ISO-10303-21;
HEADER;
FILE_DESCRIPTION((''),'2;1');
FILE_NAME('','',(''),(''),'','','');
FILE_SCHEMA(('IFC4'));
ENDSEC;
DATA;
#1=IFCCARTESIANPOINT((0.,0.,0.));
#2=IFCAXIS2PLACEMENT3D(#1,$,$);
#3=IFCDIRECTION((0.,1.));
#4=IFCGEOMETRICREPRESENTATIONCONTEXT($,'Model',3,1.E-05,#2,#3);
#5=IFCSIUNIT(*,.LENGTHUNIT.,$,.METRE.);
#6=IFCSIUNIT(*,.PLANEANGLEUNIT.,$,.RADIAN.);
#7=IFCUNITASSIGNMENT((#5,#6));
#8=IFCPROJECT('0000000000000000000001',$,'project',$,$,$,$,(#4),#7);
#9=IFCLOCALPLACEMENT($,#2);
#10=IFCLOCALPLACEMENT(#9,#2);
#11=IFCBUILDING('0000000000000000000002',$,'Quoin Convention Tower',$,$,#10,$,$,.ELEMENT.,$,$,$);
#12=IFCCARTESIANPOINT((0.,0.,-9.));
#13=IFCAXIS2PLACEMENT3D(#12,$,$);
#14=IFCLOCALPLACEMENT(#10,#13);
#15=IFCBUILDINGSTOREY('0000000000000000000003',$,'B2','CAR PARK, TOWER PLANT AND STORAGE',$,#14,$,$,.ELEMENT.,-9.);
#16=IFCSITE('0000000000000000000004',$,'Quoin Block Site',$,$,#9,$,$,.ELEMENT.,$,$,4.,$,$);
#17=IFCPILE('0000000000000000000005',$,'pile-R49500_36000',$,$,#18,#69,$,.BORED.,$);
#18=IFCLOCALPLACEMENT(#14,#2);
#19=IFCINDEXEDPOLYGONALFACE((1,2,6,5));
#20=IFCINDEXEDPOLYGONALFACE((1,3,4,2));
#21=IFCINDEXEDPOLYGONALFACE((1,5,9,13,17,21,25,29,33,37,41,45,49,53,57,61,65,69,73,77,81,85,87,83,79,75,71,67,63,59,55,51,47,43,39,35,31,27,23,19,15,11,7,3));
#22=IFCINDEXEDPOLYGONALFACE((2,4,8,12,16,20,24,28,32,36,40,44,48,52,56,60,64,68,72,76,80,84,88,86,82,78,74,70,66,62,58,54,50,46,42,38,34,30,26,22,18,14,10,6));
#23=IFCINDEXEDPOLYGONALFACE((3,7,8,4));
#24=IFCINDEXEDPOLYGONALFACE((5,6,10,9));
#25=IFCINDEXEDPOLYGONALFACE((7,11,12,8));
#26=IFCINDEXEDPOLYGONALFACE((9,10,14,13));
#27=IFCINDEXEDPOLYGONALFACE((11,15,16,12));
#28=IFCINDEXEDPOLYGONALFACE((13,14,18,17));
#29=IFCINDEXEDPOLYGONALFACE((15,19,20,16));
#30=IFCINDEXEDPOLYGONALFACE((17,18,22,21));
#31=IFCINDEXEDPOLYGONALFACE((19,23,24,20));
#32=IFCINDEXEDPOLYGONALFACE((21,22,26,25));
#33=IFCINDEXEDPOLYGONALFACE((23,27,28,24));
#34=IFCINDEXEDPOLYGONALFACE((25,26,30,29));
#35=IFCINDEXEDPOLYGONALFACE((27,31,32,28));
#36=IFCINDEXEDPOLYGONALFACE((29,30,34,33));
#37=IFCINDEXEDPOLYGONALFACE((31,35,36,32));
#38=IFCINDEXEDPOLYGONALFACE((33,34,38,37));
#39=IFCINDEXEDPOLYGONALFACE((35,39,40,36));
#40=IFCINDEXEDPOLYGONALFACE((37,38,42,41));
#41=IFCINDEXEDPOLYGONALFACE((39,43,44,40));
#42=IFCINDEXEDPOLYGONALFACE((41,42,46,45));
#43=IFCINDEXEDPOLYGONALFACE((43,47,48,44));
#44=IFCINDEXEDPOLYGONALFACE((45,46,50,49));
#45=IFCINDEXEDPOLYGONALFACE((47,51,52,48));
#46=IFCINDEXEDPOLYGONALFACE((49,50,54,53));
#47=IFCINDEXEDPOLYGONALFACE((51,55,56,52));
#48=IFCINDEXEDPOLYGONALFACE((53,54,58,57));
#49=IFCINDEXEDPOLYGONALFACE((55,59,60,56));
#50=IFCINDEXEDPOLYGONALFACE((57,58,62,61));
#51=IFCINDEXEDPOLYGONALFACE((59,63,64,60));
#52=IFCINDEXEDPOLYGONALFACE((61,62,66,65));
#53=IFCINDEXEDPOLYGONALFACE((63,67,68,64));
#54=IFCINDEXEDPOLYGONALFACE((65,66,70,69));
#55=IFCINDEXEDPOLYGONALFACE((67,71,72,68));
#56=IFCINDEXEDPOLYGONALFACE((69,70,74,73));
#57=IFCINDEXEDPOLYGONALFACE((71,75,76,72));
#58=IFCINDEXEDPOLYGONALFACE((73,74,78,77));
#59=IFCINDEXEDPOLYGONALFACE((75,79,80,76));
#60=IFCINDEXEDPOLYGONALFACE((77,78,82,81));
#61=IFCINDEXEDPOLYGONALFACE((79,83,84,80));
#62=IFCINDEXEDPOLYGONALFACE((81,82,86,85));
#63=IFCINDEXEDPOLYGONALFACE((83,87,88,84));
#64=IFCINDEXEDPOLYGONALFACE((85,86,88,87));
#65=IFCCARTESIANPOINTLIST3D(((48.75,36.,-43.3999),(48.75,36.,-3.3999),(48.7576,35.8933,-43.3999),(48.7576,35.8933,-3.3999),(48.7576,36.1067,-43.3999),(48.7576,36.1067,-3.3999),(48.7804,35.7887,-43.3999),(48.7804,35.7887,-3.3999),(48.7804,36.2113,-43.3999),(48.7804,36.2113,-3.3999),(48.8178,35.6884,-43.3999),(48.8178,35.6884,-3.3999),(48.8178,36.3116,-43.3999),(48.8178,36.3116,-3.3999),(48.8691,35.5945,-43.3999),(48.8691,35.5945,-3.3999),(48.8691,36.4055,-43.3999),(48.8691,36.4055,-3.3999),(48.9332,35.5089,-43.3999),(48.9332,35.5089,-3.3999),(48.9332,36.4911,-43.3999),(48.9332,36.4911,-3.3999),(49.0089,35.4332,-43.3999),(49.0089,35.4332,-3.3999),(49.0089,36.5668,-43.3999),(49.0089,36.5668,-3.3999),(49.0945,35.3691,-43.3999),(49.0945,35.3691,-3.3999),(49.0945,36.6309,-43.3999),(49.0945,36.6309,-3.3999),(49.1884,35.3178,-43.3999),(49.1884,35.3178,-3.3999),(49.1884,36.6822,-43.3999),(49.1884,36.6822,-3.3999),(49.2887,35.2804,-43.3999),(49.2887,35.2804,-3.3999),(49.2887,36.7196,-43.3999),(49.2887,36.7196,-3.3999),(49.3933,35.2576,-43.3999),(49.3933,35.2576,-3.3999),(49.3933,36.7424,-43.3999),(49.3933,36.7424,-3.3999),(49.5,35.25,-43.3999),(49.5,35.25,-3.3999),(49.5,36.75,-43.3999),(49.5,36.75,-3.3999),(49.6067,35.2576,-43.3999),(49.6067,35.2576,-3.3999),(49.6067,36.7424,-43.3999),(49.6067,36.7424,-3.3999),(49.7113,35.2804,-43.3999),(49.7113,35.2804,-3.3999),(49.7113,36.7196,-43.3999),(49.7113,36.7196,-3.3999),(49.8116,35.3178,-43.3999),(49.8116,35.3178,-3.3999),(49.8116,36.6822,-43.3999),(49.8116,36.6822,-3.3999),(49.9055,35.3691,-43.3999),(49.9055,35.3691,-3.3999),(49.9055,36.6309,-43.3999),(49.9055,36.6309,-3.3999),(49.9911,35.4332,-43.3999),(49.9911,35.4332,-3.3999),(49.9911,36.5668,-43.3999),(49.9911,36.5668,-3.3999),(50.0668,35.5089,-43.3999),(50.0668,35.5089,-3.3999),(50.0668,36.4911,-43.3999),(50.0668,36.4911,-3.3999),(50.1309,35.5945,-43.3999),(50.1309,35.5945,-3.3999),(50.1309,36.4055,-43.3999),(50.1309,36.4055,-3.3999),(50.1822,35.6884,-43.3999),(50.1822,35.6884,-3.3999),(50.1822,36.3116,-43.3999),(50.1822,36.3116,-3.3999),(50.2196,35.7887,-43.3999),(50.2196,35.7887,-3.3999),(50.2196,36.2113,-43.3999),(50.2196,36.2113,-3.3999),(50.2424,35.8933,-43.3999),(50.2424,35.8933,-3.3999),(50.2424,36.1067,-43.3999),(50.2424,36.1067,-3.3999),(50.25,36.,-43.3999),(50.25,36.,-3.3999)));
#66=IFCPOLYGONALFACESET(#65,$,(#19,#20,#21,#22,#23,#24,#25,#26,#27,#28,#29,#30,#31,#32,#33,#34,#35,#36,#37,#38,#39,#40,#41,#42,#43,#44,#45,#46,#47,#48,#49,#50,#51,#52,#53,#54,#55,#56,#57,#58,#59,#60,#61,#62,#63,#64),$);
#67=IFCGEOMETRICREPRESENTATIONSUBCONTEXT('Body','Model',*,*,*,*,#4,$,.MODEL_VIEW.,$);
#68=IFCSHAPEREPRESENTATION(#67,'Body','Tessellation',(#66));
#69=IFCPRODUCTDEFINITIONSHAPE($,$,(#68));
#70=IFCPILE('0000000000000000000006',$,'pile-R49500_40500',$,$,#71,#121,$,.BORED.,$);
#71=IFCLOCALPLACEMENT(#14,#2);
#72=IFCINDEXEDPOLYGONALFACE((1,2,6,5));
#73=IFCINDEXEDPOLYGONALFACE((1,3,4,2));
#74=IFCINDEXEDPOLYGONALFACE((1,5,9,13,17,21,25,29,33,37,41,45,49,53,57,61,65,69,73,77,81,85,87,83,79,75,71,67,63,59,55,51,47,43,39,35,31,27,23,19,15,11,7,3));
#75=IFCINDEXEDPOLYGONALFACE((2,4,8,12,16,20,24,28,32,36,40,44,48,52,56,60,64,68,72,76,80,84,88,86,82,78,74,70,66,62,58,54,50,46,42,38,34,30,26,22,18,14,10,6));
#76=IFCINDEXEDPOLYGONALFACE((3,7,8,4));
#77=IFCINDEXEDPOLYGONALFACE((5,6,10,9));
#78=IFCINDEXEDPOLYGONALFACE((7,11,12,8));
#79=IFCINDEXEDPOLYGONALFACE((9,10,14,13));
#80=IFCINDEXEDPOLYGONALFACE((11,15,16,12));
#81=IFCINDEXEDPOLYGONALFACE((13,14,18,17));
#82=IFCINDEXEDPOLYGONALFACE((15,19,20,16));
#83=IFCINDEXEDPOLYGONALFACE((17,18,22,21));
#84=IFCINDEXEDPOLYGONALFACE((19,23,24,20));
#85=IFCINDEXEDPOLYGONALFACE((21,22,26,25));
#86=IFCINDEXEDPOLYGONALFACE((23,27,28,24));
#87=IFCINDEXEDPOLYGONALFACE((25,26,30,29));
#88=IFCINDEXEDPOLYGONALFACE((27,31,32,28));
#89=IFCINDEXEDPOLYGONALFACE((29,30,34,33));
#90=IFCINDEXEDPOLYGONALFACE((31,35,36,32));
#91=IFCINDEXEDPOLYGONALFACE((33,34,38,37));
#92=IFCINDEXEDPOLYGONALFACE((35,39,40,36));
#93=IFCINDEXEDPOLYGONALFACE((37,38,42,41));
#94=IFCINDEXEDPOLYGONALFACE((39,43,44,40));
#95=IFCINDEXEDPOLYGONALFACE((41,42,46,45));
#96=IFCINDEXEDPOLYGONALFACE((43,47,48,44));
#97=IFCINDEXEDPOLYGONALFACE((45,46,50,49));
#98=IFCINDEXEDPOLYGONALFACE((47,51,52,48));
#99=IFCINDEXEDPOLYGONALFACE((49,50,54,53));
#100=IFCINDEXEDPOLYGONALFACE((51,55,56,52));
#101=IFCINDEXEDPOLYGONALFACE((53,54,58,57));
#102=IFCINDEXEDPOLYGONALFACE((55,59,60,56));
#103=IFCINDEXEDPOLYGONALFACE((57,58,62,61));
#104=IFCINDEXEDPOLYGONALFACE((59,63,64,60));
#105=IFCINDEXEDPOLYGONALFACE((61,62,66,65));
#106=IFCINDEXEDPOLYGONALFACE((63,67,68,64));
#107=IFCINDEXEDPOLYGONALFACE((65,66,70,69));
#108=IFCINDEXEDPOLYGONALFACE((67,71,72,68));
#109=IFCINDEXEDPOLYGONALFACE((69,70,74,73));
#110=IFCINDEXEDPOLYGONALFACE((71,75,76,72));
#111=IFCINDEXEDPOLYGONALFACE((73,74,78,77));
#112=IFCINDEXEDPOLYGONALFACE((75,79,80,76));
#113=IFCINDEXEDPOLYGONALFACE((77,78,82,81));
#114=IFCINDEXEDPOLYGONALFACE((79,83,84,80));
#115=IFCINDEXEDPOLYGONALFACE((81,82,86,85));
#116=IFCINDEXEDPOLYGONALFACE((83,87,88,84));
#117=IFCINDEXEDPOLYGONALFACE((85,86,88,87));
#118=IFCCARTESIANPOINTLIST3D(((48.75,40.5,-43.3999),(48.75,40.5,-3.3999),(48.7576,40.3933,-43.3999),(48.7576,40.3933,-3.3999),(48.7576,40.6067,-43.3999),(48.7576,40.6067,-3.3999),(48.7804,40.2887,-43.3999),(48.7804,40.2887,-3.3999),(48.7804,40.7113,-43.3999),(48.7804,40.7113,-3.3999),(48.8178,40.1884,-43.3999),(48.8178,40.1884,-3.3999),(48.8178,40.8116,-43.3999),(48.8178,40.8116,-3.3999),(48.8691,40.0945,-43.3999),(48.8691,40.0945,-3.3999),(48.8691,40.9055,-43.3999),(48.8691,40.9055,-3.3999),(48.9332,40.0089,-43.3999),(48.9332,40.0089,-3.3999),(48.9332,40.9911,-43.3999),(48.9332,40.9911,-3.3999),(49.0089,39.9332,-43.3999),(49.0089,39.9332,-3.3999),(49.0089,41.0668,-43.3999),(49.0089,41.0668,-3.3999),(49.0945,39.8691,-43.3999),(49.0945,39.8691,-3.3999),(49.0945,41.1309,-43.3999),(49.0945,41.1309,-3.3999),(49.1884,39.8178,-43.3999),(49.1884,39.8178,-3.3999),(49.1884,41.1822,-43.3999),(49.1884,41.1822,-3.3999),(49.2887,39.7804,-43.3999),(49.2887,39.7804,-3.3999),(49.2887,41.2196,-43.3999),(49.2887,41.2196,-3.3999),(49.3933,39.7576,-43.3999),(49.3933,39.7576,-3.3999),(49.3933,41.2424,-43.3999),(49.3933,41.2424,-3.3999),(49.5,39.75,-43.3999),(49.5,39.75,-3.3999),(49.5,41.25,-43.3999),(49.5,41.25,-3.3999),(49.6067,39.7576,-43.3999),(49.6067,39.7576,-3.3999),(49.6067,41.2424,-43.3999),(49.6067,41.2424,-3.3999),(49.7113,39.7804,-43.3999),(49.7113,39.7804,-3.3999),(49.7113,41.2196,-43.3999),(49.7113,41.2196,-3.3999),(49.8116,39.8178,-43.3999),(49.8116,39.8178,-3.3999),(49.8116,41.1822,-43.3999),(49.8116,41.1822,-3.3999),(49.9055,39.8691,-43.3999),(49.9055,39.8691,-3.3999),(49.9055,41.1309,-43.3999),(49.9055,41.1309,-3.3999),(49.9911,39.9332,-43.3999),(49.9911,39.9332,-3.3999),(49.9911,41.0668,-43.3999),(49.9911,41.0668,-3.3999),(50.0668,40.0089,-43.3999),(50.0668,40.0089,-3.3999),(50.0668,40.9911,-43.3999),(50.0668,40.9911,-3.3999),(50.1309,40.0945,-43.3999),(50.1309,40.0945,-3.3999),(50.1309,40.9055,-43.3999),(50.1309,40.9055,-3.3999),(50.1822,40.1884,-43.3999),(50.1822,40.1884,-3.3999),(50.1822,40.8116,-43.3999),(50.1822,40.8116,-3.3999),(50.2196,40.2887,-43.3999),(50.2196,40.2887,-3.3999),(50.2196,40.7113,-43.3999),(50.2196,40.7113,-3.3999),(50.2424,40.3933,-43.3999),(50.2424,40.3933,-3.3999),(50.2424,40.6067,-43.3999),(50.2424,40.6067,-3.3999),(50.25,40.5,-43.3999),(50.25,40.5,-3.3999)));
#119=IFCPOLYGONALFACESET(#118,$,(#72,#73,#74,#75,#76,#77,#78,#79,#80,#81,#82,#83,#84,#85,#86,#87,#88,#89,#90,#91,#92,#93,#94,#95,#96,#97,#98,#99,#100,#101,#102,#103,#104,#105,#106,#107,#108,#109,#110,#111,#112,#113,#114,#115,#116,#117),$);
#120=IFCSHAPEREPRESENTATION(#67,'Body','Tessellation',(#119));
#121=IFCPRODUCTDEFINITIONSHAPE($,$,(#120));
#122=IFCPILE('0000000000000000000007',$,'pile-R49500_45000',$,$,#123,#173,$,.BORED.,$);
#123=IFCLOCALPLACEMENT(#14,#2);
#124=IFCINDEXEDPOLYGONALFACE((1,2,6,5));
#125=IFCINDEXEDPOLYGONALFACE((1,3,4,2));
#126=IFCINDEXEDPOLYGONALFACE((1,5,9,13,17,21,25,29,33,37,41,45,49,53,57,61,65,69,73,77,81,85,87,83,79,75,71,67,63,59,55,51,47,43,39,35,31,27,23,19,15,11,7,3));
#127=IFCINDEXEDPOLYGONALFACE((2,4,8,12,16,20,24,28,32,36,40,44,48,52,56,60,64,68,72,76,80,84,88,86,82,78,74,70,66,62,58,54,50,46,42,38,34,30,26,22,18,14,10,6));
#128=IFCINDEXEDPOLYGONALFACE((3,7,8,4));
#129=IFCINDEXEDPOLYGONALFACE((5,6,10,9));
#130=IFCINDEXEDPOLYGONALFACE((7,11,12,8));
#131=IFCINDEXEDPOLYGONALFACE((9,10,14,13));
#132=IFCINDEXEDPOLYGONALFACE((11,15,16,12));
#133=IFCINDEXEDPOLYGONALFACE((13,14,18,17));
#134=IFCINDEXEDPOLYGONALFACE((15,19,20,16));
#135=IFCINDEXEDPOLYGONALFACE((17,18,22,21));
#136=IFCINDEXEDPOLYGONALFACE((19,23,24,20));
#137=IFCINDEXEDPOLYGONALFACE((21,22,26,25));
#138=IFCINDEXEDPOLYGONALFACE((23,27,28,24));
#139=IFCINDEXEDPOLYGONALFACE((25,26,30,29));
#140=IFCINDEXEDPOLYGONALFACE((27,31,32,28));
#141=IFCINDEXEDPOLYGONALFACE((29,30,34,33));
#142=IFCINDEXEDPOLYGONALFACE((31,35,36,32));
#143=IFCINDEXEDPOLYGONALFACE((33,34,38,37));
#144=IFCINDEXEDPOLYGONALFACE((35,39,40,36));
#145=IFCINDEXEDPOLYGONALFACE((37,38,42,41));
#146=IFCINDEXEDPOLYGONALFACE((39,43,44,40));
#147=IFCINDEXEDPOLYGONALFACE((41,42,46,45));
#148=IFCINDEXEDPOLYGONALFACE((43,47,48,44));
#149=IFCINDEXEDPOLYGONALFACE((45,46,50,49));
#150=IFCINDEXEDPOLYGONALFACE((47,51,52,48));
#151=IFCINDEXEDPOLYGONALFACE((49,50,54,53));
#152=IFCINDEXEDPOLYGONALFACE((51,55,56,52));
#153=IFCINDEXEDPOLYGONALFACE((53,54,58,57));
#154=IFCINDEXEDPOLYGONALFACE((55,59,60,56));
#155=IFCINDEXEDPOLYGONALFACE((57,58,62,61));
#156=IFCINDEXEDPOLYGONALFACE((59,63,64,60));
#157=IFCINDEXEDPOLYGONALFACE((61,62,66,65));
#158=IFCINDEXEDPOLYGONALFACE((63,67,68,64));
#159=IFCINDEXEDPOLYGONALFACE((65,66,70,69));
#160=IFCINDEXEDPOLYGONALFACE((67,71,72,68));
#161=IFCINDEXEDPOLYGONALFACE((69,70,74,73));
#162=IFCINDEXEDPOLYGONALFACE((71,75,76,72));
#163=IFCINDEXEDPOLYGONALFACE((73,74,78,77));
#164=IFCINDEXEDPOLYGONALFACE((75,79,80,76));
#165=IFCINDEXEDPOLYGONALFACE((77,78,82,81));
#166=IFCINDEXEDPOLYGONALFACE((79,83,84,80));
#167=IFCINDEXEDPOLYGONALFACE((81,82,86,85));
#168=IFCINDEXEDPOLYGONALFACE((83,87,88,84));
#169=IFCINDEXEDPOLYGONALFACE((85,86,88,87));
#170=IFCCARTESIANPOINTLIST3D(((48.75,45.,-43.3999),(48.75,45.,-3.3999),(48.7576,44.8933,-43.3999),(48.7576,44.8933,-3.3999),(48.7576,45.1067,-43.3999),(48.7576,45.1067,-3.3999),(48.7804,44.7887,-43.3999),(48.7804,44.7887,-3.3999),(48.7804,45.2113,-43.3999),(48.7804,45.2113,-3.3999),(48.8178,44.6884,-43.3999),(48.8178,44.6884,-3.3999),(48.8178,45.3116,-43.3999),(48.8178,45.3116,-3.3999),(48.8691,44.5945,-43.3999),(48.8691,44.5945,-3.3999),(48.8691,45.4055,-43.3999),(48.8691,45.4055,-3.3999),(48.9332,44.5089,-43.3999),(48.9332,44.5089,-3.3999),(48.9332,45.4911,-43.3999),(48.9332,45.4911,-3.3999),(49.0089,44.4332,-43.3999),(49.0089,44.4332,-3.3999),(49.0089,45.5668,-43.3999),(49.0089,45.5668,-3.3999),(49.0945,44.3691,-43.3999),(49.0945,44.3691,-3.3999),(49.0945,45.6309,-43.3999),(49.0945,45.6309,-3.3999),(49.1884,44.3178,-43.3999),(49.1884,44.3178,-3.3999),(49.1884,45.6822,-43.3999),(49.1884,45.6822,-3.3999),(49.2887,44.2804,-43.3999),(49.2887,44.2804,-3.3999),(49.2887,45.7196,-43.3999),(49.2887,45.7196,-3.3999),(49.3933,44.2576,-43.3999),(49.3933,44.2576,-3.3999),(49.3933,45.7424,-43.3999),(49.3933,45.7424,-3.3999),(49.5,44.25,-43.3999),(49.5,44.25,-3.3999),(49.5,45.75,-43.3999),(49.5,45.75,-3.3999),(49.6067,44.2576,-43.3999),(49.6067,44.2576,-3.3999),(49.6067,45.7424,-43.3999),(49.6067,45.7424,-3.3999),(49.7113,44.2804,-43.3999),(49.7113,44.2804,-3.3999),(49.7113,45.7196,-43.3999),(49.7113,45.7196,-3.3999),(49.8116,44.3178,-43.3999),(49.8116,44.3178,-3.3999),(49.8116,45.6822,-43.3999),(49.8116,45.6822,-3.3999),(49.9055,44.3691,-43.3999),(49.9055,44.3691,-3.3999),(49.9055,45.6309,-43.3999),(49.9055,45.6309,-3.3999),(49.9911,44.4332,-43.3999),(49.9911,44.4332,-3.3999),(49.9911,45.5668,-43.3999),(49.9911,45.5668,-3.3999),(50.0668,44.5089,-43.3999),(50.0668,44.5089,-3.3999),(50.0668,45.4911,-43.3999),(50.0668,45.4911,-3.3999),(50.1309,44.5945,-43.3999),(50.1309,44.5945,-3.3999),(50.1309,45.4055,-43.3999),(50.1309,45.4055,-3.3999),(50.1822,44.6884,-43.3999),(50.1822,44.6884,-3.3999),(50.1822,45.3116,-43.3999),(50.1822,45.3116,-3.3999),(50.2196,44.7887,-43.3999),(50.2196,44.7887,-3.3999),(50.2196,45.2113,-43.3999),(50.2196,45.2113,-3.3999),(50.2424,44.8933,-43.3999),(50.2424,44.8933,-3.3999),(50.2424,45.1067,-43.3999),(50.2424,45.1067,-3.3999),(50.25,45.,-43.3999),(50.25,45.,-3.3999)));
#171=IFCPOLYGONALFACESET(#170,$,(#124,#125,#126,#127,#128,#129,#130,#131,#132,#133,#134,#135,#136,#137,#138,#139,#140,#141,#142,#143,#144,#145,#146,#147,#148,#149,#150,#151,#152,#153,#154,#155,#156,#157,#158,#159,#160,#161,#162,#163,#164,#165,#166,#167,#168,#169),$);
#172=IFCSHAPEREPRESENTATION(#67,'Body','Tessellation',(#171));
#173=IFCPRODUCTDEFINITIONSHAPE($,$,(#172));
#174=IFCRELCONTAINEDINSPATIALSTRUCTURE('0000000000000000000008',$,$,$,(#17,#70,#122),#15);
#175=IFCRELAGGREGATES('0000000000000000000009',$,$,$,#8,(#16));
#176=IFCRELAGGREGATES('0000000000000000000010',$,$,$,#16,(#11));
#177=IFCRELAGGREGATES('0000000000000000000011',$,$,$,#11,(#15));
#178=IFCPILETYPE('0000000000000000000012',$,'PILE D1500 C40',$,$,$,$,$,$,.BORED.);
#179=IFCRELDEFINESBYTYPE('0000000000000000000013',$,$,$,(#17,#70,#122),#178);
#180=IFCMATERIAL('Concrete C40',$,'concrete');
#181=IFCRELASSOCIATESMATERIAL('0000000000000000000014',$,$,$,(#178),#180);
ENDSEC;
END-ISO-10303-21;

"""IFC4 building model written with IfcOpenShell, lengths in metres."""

from ifc_helpers import new_model, si_unit, direction, frame, origin, origin_2d, place, context, subcontext, project, spatial, circle, extrude, material, material_profile, profile_set, type_object, element, save


model = new_model("IFC4")

# Units and contexts
model_context = context("Model", 3, precision=1e-05, world=origin(), true_north=direction((0.0, 1.0)))
body_context = subcontext(model_context, "Body", "Model", "MODEL_VIEW")
ifc_project = project(units=[si_unit("LENGTHUNIT", "METRE"), si_unit("PLANEANGLEUNIT", "RADIAN")], contexts=[model_context])

# Site, building, storey
site_placement = place(None, origin())
site = spatial("IfcSite", under=ifc_project, at=site_placement, Name="Quoin Block Site", CompositionType="ELEMENT", RefElevation=4.0)
building_placement = place(site_placement, origin())
building = spatial("IfcBuilding", under=site, at=building_placement, Name="Quoin Convention Tower", CompositionType="ELEMENT")
storey_placement = place(building_placement, frame((0.0, 0.0, -9.0)))
storey = spatial("IfcBuildingStorey", under=building, at=storey_placement, Name="B2", Description="CAR PARK, TOWER PLANT AND STORAGE", CompositionType="ELEMENT", Elevation=-9.0)

# Piles
ifc_material_1 = material(Name="Concrete C40", Category="concrete")
ifc_material_profile_1 = material_profile(ifc_material_1, circle(Radius=0.75, at=origin_2d()), Name="D1500")
ifc_profile_set_1 = profile_set([ifc_material_profile_1], Name="Concrete C40")
pile_type = type_object("IfcPileType", Name="PILE D1500 C40", PredefinedType="BORED", material=ifc_profile_set_1)
for number, where, z_axis, x_axis, name in (
    (1, (49.5, 36.0, -3.3999), (0.0, 0.0, -1.0), (1.0, 0.0, 0.0), "pile-R49500_36000"),
    (2, (49.5, 40.5, -3.3999), (0.0, 0.0, -1.0), (1.0, 0.0, 0.0), "pile-R49500_40500"),
    (3, (49.5, 45.0, -3.3999), (0.0, 0.0, -1.0), (1.0, 0.0, 0.0), "pile-R49500_45000"),
):
    element("IfcPile", number, at=place(storey_placement, frame(where, z_axis=z_axis, x_axis=x_axis)), inside=storey, type_object=pile_type, Name=name, PredefinedType="BORED", context=body_context, shape_type="SweptSolid", body=[
        extrude(circle(Radius=0.75, at=origin_2d()), origin(), (0.0, 0.0, 1.0), 40.0),
    ])

save(model, "model.ifc")
